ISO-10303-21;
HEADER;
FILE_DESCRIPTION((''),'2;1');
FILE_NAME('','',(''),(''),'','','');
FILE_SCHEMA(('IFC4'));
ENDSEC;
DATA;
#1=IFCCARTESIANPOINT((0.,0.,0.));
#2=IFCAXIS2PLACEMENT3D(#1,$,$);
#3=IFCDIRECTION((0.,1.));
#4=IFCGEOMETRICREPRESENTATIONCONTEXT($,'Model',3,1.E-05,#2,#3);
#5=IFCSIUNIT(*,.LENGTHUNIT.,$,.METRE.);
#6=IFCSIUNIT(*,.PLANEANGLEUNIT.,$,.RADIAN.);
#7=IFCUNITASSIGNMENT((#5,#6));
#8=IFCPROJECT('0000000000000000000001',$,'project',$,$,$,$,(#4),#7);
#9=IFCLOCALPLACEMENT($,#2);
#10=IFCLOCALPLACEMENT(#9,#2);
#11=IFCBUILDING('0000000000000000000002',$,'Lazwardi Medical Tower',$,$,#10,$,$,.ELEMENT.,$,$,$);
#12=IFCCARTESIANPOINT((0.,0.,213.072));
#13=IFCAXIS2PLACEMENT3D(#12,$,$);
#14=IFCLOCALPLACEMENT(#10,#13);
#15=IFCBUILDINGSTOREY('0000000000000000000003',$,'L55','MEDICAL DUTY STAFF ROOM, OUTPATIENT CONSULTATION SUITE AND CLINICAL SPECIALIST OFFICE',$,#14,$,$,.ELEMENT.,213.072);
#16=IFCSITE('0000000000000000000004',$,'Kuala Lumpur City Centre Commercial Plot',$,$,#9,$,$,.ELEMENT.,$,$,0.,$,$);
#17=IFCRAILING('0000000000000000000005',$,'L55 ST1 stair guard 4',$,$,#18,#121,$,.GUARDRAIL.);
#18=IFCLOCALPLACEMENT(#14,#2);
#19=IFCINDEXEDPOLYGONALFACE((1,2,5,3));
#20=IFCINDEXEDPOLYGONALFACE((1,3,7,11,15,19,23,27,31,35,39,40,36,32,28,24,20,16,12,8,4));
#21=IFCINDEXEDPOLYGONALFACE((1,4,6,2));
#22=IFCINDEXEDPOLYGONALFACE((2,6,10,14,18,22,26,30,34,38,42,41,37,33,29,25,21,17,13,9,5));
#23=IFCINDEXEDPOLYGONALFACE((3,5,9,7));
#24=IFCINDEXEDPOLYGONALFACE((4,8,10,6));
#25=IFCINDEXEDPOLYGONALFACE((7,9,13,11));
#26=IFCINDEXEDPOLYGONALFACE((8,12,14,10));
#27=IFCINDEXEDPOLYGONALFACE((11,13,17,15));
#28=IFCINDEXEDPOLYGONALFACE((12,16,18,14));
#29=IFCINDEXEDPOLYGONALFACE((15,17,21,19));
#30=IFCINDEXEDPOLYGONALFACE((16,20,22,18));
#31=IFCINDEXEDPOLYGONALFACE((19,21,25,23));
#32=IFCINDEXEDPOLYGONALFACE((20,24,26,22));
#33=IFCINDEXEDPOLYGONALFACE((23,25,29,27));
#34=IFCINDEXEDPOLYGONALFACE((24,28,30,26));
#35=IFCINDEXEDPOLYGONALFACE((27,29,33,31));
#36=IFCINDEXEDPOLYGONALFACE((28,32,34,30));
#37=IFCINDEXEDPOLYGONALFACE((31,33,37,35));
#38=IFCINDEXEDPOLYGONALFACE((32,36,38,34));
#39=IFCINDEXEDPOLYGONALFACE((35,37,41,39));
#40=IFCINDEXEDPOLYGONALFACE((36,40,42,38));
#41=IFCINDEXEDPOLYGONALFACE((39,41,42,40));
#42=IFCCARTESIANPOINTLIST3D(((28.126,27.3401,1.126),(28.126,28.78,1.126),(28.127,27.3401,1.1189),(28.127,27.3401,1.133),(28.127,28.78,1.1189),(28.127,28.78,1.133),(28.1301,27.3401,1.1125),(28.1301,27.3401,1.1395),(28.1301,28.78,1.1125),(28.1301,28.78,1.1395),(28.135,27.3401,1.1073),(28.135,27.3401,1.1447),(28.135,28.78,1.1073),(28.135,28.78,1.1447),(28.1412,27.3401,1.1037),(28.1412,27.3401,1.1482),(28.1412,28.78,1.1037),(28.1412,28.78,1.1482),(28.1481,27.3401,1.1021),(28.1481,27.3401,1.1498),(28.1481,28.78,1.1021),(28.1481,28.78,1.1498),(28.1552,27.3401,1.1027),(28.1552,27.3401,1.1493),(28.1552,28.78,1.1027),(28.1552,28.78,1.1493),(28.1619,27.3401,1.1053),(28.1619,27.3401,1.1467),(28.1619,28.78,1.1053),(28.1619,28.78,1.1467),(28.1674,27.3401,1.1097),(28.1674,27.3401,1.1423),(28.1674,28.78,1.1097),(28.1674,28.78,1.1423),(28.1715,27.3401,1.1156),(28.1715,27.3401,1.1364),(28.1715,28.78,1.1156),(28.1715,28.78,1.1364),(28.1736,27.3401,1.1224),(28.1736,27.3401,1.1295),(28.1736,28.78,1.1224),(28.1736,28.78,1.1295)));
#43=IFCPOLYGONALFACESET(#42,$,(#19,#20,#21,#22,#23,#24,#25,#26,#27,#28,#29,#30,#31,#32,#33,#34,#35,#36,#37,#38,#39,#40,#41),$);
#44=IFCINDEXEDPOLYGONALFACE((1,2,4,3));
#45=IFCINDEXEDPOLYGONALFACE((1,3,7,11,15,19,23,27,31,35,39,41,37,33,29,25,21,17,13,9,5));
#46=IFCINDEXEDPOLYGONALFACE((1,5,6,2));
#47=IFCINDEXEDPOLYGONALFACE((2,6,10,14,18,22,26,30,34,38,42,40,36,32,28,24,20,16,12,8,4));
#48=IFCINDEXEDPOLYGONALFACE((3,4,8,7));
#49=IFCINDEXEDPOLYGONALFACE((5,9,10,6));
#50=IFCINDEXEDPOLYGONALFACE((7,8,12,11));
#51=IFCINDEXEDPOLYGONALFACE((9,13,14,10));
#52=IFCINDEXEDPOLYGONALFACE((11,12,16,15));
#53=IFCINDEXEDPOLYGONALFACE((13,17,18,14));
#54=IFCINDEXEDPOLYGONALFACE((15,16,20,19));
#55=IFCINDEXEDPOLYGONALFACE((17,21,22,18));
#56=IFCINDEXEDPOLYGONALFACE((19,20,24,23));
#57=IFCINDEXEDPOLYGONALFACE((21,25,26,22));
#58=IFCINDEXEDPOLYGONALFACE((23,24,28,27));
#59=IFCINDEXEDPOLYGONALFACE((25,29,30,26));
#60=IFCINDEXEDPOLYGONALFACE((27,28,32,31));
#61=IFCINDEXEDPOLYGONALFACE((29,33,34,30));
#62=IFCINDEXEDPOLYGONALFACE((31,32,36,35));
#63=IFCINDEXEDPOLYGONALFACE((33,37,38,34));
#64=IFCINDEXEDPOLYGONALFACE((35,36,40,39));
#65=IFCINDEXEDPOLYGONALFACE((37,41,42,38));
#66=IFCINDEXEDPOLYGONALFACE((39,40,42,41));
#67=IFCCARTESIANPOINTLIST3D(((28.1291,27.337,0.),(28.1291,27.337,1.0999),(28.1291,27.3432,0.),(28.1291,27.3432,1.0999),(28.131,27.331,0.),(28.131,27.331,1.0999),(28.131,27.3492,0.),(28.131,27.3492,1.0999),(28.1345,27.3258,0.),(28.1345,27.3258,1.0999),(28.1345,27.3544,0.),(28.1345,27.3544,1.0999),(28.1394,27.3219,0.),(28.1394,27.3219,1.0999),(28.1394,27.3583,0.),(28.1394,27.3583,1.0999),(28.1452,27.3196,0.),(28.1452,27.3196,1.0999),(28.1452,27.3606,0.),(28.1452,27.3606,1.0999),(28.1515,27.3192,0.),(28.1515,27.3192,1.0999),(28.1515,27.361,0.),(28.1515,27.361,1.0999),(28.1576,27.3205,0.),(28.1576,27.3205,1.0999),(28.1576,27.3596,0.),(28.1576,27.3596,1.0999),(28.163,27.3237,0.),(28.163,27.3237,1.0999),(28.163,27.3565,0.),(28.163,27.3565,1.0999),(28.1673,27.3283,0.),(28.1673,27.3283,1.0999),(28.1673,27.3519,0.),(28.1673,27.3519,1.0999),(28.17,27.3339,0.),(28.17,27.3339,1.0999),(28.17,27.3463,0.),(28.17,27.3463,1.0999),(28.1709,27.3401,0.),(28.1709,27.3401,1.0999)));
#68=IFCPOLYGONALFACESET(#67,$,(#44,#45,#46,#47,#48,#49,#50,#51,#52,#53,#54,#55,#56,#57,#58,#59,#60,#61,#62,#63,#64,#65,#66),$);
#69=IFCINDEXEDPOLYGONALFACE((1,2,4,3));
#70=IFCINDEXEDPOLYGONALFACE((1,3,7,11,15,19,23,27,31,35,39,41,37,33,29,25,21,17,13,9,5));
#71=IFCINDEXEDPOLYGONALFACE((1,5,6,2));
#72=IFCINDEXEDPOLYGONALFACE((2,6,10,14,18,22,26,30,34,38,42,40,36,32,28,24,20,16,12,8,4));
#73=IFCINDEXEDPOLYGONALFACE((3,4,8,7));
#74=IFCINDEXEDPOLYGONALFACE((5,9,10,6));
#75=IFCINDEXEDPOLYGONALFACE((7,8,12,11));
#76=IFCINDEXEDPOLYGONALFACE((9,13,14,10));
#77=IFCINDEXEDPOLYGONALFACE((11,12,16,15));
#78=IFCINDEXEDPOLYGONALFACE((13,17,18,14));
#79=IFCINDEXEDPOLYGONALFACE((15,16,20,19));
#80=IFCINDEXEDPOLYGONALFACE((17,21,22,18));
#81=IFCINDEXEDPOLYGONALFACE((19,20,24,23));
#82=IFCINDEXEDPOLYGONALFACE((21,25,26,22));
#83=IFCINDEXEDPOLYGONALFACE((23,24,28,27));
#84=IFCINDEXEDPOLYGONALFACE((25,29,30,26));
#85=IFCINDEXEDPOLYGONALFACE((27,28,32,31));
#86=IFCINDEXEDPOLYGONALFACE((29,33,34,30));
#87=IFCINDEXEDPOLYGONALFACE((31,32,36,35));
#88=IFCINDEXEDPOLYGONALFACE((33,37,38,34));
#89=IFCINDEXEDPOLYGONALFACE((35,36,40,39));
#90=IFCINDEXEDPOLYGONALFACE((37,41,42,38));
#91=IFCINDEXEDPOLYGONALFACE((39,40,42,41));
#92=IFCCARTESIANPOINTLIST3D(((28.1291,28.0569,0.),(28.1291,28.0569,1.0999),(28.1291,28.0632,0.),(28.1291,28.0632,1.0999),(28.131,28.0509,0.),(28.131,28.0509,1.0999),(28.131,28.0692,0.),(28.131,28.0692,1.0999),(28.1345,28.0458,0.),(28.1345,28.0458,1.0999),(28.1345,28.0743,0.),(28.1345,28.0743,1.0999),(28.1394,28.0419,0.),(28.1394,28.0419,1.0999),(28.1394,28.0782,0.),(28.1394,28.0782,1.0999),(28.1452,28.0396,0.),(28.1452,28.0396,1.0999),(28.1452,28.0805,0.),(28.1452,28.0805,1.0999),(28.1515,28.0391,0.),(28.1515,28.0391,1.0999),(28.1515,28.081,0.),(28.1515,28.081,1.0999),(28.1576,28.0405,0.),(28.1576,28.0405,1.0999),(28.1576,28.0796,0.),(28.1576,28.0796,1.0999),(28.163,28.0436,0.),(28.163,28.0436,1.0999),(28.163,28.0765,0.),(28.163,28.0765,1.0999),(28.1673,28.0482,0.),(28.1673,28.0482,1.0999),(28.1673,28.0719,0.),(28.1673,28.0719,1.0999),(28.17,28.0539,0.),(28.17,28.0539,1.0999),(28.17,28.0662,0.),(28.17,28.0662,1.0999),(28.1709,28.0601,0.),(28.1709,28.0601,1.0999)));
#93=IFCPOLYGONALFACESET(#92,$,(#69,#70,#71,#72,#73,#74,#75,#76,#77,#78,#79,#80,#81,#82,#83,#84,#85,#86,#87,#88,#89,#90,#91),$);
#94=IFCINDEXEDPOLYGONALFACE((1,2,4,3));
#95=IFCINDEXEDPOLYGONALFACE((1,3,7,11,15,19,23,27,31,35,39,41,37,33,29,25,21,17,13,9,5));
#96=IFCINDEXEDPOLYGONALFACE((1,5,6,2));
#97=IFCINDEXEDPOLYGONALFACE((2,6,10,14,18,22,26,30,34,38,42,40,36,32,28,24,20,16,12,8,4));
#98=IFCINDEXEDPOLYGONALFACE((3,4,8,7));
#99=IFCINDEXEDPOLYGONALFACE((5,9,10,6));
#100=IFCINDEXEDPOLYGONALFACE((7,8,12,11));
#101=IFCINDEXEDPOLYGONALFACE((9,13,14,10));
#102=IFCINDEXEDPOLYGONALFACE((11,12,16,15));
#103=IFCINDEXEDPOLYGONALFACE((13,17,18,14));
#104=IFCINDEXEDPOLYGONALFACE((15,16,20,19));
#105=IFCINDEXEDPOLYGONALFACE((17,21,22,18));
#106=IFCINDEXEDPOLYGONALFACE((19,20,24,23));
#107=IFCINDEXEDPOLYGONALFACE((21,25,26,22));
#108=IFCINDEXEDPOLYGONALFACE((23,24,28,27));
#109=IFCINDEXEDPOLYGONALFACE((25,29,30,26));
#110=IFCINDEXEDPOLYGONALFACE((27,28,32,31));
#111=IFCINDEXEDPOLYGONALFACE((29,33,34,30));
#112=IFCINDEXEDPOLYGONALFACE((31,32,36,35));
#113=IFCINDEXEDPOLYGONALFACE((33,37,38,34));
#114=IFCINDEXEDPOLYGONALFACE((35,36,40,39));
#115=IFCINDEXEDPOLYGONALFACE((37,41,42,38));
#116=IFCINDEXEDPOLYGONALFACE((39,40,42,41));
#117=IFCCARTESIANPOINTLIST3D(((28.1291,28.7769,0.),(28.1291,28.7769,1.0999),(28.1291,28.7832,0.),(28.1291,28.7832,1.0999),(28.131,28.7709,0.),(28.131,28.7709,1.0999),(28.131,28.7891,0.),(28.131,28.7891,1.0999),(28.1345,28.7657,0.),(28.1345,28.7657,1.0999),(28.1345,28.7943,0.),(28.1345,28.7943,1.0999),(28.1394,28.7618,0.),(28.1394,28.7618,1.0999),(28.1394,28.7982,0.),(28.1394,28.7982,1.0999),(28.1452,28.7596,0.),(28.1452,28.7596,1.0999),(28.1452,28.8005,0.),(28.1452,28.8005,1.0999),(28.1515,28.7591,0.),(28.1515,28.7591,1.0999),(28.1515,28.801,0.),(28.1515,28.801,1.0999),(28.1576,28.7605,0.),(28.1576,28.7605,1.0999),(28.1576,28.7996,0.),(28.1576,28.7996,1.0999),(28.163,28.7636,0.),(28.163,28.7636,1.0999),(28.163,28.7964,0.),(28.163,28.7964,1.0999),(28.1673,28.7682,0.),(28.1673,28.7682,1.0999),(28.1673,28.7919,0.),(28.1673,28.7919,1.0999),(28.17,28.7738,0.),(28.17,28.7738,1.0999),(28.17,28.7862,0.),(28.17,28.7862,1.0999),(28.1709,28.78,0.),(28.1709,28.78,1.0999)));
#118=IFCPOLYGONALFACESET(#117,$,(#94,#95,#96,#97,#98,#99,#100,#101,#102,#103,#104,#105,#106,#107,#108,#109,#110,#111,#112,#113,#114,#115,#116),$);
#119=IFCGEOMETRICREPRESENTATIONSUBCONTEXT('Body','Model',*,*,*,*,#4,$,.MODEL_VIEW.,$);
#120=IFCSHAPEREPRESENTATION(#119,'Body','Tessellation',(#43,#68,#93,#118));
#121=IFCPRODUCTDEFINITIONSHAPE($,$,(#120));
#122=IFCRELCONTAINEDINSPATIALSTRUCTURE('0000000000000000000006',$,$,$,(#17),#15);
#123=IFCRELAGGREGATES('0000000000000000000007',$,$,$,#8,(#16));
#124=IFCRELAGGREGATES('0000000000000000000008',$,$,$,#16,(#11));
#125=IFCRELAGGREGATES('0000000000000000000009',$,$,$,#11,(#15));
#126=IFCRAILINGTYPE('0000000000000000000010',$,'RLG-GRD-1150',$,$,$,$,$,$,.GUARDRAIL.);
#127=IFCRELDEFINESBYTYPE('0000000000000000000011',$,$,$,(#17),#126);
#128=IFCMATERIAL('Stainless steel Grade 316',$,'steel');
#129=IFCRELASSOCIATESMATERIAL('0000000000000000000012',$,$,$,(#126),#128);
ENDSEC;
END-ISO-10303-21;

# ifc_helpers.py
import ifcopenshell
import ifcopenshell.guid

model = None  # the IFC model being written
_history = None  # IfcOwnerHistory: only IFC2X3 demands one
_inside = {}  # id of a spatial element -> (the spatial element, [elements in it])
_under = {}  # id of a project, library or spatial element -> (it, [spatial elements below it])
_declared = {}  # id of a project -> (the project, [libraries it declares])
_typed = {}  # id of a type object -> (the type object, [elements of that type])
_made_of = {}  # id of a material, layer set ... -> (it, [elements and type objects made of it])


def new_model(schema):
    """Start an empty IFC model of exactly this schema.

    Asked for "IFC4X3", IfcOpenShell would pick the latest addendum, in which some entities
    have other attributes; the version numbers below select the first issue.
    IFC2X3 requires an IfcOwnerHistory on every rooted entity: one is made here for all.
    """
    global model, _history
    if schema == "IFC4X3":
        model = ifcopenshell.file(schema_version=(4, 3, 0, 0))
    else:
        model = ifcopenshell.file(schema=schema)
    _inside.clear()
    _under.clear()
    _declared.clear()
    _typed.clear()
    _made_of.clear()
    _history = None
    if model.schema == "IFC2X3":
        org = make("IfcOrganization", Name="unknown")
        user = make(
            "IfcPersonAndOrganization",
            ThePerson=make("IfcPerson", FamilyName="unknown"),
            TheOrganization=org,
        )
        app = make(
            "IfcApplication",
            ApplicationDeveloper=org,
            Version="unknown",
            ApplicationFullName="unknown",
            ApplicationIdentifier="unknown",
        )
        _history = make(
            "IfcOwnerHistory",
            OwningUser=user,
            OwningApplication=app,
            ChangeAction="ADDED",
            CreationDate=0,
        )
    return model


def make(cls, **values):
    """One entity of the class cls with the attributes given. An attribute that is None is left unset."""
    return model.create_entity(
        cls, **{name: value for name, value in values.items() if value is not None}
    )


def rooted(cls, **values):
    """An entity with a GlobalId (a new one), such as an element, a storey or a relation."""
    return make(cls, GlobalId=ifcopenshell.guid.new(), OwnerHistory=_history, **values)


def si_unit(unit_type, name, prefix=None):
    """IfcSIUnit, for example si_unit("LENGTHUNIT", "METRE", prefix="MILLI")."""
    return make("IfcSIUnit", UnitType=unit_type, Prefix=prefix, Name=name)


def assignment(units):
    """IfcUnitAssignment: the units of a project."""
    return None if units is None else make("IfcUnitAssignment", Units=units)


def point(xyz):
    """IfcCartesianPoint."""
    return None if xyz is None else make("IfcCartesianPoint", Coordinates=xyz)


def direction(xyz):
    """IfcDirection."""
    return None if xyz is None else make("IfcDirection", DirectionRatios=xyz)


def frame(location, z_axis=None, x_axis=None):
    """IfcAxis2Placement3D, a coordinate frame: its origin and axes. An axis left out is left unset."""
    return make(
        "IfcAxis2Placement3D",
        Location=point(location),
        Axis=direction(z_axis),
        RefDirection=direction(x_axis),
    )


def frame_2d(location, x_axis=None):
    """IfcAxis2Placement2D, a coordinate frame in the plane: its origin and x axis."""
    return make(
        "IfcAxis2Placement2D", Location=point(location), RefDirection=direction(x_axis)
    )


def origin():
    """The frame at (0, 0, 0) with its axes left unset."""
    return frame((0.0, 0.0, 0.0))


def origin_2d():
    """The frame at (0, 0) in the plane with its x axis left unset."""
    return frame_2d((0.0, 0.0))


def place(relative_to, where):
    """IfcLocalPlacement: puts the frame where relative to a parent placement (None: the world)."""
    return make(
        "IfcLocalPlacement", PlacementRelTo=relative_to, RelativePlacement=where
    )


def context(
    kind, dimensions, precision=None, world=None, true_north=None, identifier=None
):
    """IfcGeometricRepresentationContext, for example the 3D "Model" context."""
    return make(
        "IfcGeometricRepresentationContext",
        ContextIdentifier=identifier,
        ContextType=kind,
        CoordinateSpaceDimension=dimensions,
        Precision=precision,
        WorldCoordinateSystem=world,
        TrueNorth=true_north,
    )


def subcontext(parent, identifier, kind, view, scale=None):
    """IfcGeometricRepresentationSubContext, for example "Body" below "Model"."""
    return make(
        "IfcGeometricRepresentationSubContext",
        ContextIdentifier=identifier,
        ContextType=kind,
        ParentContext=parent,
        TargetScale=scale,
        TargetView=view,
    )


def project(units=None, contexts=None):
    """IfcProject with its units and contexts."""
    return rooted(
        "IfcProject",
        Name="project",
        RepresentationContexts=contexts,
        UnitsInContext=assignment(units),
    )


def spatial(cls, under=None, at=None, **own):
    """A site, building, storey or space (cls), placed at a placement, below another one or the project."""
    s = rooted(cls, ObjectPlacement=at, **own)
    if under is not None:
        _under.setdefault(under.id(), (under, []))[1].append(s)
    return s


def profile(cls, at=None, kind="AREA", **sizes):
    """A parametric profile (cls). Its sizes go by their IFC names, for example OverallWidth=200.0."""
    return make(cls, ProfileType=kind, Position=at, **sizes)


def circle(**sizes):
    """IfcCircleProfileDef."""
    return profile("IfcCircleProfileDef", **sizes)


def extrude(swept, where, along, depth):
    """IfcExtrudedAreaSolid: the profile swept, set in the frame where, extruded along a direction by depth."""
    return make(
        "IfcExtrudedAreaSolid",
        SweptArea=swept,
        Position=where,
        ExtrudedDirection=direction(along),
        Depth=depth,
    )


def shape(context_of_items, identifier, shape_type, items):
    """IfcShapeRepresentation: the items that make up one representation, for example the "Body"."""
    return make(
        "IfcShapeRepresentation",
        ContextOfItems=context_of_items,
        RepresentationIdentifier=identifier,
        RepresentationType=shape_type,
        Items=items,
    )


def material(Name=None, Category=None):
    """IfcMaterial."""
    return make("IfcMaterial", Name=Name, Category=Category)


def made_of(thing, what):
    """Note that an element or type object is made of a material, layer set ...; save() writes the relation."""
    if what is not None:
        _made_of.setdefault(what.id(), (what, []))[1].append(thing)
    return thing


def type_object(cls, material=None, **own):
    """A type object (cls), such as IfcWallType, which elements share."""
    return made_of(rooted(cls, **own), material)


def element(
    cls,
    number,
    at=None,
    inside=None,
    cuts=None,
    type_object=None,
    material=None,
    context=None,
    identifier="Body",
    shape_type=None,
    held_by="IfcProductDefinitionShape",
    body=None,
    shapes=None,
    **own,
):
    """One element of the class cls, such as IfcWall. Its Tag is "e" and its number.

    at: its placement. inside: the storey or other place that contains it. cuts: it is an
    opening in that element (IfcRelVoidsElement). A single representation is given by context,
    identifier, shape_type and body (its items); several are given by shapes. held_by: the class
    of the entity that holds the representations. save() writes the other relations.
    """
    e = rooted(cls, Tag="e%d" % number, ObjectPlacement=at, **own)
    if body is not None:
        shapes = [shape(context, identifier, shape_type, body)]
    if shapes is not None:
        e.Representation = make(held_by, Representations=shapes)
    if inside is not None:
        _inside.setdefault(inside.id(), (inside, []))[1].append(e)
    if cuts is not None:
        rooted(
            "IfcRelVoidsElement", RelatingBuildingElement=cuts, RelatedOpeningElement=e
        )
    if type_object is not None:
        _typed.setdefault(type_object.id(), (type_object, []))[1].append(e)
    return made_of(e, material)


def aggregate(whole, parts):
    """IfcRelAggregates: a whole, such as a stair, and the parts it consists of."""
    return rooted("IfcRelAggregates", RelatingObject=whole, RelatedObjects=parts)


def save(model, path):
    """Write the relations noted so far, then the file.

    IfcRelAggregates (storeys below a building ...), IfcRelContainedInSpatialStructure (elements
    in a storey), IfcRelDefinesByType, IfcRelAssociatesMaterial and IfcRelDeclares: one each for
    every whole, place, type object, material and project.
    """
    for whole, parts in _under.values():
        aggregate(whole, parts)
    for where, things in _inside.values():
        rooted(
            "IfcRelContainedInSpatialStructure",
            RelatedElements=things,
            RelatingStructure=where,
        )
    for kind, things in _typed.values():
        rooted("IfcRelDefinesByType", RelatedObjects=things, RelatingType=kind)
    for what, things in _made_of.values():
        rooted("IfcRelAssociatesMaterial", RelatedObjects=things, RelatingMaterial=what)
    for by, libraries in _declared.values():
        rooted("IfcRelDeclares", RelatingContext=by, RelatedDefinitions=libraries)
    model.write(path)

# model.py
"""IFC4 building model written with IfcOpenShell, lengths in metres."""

from ifc_helpers import new_model, si_unit, direction, frame, origin, origin_2d, place, context, subcontext, project, spatial, circle, extrude, material, type_object, element, save


model = new_model("IFC4")

# Units and contexts
model_context = context("Model", 3, precision=1e-05, world=origin(), true_north=direction((0.0, 1.0)))
body_context = subcontext(model_context, "Body", "Model", "MODEL_VIEW")
ifc_project = project(units=[si_unit("LENGTHUNIT", "METRE"), si_unit("PLANEANGLEUNIT", "RADIAN")], contexts=[model_context])

# Site, building, storey
site_placement = place(None, origin())
site = spatial("IfcSite", under=ifc_project, at=site_placement, Name="Kuala Lumpur City Centre Commercial Plot", CompositionType="ELEMENT", RefElevation=0.0)
building_placement = place(site_placement, origin())
building = spatial("IfcBuilding", under=site, at=building_placement, Name="Lazwardi Medical Tower", CompositionType="ELEMENT")
storey_placement = place(building_placement, frame((0.0, 0.0, 213.072)))
storey = spatial("IfcBuildingStorey", under=building, at=storey_placement, Name="L55", Description="MEDICAL DUTY STAFF ROOM, OUTPATIENT CONSULTATION SUITE AND CLINICAL SPECIALIST OFFICE", CompositionType="ELEMENT", Elevation=213.072)

# Railing
ifc_material_1 = material(Name="Stainless steel Grade 316", Category="steel")
railing_type_1 = type_object("IfcRailingType", Name="RLG-GRD-1150", PredefinedType="GUARDRAIL", material=ifc_material_1)
railing_1_placement = place(storey_placement, frame((28.1499, 27.3401, 0.0)))
element("IfcRailing", 1, at=railing_1_placement, inside=storey, type_object=railing_type_1, Name="L55 ST1 stair guard 4", PredefinedType="GUARDRAIL", context=body_context, shape_type="SweptSolid", body=[
    extrude(circle(Radius=0.0239, at=origin_2d()), frame((0.0, 0.0, 1.126), z_axis=(0.0, 1.0, 0.0), x_axis=(-1.0, 0.0, 0.0)), (0.0, 0.0, 1.0), 1.4399),
    extrude(circle(Radius=0.021, at=origin_2d()), origin(), (0.0, 0.0, 1.0), 1.0999),
    extrude(circle(Radius=0.021, at=origin_2d()), frame((0.0, 0.72, 0.0)), (0.0, 0.0, 1.0), 1.0999),
    extrude(circle(Radius=0.021, at=origin_2d()), frame((0.0, 1.4399, 0.0)), (0.0, 0.0, 1.0), 1.0999),
])

save(model, "model.ifc")
